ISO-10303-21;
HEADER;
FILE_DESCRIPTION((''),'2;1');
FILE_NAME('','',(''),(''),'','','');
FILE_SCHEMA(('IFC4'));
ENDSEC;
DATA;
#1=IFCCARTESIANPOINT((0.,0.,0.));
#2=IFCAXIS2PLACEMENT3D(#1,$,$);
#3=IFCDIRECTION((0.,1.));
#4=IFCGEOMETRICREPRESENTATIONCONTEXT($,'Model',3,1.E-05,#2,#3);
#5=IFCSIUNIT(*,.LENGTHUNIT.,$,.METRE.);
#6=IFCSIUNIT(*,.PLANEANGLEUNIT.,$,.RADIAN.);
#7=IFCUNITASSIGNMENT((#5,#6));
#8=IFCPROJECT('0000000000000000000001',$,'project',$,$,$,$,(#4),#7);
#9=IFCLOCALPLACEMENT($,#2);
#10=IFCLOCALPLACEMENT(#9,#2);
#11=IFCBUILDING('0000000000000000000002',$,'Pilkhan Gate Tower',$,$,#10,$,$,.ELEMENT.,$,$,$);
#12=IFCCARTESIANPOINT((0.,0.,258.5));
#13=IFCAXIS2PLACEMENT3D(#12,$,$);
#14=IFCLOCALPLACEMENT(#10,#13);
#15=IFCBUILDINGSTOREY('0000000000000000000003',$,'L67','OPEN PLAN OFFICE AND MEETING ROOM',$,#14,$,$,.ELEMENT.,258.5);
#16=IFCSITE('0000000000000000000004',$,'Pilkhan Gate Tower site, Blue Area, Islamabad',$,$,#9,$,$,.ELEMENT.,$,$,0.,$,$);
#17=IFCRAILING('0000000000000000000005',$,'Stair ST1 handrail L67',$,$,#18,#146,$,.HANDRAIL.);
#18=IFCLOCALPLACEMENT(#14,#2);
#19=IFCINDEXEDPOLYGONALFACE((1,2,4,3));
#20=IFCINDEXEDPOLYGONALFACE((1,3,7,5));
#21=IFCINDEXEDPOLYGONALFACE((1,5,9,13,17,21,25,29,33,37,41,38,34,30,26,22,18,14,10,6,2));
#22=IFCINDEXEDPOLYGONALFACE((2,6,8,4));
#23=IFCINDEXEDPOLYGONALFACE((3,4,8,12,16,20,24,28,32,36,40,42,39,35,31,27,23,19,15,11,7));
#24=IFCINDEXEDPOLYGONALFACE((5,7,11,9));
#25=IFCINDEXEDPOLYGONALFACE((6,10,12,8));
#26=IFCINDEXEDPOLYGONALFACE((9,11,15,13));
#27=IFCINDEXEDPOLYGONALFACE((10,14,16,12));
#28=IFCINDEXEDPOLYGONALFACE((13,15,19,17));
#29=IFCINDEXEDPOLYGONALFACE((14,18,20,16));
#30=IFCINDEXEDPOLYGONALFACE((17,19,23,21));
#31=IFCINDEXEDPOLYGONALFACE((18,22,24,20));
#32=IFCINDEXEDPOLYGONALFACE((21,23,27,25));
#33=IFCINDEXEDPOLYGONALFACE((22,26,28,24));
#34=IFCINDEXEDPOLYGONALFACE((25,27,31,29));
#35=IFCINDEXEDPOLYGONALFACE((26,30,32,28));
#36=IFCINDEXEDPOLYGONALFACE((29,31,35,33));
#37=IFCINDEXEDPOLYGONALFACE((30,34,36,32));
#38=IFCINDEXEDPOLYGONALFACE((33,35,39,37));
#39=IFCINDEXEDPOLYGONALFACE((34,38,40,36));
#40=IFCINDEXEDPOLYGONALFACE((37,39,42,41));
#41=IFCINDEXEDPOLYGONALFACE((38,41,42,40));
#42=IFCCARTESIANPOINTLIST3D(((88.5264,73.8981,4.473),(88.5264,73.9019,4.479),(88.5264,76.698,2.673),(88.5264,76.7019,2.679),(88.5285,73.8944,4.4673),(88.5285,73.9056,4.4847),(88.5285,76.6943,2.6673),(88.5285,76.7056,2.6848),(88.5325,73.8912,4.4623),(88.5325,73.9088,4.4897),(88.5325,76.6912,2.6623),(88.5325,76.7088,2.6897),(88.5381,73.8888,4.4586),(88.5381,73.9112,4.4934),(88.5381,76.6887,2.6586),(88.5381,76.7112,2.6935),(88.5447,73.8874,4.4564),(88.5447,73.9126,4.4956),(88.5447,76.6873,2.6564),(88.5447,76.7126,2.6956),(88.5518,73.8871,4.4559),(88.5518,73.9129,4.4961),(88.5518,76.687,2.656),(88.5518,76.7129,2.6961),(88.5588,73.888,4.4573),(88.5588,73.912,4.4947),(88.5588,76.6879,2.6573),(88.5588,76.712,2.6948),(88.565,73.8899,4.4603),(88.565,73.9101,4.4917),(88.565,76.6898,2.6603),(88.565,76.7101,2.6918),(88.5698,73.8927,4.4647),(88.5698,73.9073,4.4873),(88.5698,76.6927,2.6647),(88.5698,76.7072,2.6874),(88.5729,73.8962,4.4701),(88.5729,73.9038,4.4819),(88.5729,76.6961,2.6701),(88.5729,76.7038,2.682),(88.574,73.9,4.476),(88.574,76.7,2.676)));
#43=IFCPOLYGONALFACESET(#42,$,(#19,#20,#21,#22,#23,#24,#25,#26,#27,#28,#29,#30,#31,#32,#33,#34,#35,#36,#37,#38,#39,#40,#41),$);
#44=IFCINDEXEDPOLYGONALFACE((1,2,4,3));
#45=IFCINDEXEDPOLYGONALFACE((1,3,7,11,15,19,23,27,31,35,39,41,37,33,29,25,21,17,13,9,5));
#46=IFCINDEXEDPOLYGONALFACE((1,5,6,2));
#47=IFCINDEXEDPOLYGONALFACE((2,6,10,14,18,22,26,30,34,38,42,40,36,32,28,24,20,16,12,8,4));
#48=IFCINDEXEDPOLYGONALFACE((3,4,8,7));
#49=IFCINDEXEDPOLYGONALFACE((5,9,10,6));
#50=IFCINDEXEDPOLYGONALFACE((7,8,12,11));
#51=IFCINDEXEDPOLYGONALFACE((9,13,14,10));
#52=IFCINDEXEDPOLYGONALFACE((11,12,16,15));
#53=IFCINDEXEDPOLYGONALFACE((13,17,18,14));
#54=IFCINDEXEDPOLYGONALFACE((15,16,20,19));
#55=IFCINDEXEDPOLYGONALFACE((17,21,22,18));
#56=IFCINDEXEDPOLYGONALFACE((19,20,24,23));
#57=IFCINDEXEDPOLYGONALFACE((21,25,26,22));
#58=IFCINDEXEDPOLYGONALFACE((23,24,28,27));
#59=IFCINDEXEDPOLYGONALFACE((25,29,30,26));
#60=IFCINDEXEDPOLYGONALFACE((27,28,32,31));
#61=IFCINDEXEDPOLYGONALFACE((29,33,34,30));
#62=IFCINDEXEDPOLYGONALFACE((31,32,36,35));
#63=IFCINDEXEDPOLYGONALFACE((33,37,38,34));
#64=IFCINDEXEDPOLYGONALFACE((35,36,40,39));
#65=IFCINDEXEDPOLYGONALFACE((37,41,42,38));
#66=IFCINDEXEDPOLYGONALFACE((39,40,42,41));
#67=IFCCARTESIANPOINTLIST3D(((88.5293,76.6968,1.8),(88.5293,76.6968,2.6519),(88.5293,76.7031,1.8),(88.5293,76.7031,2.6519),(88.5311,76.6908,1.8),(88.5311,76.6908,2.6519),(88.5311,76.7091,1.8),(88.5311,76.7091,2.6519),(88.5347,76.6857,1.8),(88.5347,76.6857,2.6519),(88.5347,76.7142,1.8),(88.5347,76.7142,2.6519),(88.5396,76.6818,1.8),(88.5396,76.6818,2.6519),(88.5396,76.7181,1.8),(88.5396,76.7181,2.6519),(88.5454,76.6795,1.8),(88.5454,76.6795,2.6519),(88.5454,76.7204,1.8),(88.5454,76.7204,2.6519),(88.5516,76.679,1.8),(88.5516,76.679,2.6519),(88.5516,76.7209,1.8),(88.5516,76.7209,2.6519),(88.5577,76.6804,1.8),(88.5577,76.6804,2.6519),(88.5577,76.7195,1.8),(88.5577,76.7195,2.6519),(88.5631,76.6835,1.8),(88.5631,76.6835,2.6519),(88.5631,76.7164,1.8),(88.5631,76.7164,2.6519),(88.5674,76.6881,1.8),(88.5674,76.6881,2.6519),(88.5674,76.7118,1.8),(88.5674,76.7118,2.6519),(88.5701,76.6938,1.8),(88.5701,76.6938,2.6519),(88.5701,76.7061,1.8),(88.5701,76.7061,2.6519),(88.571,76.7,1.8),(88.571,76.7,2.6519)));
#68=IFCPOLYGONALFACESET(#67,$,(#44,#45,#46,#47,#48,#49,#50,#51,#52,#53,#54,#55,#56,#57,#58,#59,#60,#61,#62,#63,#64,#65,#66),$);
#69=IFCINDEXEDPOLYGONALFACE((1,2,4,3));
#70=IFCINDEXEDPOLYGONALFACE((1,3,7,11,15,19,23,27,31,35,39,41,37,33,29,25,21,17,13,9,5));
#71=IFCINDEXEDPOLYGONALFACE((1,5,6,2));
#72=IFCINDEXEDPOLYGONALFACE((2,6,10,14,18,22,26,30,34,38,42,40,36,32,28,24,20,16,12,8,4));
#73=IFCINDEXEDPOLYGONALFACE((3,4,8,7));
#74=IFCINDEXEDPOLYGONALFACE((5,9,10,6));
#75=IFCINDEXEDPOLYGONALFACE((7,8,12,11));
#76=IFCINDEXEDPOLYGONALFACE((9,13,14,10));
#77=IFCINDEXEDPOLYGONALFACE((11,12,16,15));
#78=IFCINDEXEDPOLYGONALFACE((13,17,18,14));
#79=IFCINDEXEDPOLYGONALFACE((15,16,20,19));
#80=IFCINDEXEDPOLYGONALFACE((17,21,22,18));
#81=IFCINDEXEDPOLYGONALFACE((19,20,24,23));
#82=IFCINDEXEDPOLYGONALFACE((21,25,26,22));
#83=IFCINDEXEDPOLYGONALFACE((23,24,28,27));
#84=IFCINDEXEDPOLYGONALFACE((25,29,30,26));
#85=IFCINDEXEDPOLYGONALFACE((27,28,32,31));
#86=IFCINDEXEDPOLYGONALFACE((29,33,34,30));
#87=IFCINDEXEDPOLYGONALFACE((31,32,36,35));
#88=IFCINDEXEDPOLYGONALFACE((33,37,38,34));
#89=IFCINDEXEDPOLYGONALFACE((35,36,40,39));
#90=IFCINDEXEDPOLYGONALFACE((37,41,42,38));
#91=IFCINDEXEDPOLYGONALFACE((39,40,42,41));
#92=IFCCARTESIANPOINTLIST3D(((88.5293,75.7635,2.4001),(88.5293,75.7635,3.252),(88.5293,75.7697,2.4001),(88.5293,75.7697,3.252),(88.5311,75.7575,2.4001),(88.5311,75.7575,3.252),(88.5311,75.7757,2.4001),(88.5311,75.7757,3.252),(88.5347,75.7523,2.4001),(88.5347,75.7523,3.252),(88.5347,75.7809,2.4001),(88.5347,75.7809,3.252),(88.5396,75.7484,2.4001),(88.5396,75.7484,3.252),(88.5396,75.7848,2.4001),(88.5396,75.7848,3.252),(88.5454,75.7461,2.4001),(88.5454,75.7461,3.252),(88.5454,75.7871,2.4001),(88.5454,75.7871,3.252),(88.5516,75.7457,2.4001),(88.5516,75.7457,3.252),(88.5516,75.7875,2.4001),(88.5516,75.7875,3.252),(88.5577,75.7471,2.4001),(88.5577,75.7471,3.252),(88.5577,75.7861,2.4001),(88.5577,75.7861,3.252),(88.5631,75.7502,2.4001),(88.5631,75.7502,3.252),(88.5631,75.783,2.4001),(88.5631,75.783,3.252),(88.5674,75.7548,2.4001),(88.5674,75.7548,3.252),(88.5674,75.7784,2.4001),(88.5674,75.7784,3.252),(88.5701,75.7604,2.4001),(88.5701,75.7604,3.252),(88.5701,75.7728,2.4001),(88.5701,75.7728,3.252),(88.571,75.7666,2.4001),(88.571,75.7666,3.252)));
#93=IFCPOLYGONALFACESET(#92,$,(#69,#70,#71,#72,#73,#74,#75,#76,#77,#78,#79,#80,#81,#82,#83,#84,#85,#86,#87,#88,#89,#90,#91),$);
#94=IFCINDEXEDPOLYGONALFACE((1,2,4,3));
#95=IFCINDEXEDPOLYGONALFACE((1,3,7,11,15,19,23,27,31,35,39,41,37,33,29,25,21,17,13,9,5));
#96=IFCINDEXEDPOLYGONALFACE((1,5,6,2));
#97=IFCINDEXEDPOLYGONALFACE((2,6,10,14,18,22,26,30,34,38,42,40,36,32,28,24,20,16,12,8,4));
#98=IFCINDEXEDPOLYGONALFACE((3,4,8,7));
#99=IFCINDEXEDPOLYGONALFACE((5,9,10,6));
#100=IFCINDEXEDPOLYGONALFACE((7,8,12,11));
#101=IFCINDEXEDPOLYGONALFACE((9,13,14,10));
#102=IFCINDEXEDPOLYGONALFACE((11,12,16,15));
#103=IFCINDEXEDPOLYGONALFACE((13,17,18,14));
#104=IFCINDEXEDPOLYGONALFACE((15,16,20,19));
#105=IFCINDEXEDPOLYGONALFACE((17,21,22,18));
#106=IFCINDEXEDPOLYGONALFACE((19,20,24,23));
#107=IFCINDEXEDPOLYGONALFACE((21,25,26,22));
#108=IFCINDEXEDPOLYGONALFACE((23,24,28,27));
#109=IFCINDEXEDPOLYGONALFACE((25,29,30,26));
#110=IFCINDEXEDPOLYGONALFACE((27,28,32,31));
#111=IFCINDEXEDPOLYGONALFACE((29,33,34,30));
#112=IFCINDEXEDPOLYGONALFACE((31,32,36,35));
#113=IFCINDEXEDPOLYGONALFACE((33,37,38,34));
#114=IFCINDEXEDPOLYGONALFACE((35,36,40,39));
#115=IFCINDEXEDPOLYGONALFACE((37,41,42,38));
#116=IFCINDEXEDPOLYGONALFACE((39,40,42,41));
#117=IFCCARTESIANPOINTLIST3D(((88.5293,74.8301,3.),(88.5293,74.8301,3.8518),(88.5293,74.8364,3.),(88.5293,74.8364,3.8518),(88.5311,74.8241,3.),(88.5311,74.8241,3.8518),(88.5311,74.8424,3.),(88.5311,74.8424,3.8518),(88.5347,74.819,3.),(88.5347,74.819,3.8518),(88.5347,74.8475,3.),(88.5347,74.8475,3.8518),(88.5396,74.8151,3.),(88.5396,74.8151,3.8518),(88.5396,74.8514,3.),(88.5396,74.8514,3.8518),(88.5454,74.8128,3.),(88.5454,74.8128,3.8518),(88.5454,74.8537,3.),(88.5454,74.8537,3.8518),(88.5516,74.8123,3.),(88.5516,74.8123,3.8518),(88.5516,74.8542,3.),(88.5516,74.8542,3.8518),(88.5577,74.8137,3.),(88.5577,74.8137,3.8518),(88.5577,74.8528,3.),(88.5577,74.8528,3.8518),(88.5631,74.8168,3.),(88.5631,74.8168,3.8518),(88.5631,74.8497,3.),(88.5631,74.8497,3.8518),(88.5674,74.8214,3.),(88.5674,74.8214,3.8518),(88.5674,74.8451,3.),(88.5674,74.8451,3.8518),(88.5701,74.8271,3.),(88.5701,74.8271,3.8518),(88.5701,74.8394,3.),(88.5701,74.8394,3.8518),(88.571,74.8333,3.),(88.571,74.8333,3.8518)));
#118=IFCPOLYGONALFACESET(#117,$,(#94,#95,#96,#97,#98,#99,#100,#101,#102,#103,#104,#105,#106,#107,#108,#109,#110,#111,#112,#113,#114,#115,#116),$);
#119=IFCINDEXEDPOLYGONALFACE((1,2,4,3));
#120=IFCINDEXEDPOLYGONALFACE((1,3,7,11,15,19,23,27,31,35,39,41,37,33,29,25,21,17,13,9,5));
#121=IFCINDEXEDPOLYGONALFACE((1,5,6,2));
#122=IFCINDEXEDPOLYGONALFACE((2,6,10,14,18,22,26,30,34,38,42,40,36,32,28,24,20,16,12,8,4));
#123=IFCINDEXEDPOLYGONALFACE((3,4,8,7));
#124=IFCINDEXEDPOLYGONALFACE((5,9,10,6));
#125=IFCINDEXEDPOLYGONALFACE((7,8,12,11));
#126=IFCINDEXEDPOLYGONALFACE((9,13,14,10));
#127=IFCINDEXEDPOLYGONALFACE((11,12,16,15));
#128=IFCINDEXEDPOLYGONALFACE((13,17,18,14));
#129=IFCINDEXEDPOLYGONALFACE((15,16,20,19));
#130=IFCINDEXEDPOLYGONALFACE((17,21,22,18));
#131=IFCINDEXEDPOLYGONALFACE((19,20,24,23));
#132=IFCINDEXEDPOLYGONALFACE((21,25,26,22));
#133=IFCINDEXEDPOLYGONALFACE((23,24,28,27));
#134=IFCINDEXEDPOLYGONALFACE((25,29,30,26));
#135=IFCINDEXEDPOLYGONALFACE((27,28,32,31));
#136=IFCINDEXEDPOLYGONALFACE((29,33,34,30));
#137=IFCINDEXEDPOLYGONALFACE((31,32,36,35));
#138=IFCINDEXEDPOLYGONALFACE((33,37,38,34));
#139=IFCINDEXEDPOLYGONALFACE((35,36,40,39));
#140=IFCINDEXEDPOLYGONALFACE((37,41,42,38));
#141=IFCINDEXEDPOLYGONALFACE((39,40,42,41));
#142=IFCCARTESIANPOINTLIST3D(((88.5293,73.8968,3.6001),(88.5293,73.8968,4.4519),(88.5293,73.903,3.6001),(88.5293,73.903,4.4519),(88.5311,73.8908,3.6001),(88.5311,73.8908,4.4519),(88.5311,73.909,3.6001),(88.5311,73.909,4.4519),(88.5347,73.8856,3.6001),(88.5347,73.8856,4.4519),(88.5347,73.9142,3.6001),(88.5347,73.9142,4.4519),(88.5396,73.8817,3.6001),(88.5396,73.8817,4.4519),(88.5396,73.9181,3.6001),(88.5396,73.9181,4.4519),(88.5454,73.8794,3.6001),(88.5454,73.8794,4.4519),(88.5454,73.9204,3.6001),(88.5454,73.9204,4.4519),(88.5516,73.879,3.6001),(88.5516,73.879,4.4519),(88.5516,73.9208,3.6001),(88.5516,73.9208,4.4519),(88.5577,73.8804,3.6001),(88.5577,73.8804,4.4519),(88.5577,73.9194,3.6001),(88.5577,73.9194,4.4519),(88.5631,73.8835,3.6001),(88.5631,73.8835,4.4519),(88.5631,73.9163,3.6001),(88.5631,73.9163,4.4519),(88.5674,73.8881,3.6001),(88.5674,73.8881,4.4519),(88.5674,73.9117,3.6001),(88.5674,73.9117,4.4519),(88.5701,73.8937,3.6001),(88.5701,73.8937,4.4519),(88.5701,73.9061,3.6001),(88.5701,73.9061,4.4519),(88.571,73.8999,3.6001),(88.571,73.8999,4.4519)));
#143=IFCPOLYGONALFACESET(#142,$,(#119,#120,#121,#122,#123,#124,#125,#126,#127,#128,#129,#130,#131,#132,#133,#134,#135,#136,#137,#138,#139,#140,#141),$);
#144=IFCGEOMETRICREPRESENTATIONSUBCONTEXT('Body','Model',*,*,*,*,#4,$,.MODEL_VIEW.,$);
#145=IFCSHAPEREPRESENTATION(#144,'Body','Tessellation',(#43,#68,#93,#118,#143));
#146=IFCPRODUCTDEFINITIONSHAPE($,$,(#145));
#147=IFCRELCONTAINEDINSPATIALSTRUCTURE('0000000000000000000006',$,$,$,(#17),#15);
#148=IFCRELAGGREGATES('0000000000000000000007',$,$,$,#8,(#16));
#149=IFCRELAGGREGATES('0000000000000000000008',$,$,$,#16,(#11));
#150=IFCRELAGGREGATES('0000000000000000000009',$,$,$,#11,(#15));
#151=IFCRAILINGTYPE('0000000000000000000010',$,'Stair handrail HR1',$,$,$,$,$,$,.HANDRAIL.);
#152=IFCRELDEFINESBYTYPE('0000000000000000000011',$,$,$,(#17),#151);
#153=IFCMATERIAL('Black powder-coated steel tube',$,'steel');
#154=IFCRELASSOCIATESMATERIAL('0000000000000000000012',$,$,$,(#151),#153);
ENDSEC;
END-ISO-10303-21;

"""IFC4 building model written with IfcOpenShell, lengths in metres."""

from ifc_helpers import new_model, si_unit, direction, frame, origin, origin_2d, place, context, subcontext, project, spatial, circle, extrude, material, type_object, element, save


model = new_model("IFC4")

# Units and contexts
model_context = context("Model", 3, precision=1e-05, world=origin(), true_north=direction((0.0, 1.0)))
body_context = subcontext(model_context, "Body", "Model", "MODEL_VIEW")
ifc_project = project(units=[si_unit("LENGTHUNIT", "METRE"), si_unit("PLANEANGLEUNIT", "RADIAN")], contexts=[model_context])

# Site, building, storey
site_placement = place(None, origin())
site = spatial("IfcSite", under=ifc_project, at=site_placement, Name="Pilkhan Gate Tower site, Blue Area, Islamabad", CompositionType="ELEMENT", RefElevation=0.0)
building_placement = place(site_placement, origin())
building = spatial("IfcBuilding", under=site, at=building_placement, Name="Pilkhan Gate Tower", CompositionType="ELEMENT")
storey_placement = place(building_placement, frame((0.0, 0.0, 258.5)))
storey = spatial("IfcBuildingStorey", under=building, at=storey_placement, Name="L67", Description="OPEN PLAN OFFICE AND MEETING ROOM", CompositionType="ELEMENT", Elevation=258.5)

# Railing
ifc_material_1 = material(Name="Black powder-coated steel tube", Category="steel")
railing_type_1 = type_object("IfcRailingType", Name="Stair handrail HR1", PredefinedType="HANDRAIL", material=ifc_material_1)
railing_1_placement = place(storey_placement, frame((88.55, 76.7, 1.8)))
element("IfcRailing", 1, at=railing_1_placement, inside=storey, type_object=railing_type_1, Name="Stair ST1 handrail L67", PredefinedType="HANDRAIL", context=body_context, shape_type="SweptSolid", body=[
    extrude(circle(Radius=0.0239, at=origin_2d()), frame((0.0, 0.0, 0.876), z_axis=(0.0, -0.841176, 0.540761), x_axis=(1.0, 0.0, 0.0)), (0.0, 0.0, 1.0), 3.3286),
    extrude(circle(Radius=0.021, at=origin_2d()), origin(), (0.0, 0.0, 1.0), 0.8518),
    extrude(circle(Radius=0.021, at=origin_2d()), frame((0.0, -0.9333, 0.6001)), (0.0, 0.0, 1.0), 0.8518),
    extrude(circle(Radius=0.021, at=origin_2d()), frame((0.0, -1.8667, 1.2)), (0.0, 0.0, 1.0), 0.8518),
    extrude(circle(Radius=0.021, at=origin_2d()), frame((0.0, -2.8, 1.8)), (0.0, 0.0, 1.0), 0.8518),
])

save(model, "model.ifc")
